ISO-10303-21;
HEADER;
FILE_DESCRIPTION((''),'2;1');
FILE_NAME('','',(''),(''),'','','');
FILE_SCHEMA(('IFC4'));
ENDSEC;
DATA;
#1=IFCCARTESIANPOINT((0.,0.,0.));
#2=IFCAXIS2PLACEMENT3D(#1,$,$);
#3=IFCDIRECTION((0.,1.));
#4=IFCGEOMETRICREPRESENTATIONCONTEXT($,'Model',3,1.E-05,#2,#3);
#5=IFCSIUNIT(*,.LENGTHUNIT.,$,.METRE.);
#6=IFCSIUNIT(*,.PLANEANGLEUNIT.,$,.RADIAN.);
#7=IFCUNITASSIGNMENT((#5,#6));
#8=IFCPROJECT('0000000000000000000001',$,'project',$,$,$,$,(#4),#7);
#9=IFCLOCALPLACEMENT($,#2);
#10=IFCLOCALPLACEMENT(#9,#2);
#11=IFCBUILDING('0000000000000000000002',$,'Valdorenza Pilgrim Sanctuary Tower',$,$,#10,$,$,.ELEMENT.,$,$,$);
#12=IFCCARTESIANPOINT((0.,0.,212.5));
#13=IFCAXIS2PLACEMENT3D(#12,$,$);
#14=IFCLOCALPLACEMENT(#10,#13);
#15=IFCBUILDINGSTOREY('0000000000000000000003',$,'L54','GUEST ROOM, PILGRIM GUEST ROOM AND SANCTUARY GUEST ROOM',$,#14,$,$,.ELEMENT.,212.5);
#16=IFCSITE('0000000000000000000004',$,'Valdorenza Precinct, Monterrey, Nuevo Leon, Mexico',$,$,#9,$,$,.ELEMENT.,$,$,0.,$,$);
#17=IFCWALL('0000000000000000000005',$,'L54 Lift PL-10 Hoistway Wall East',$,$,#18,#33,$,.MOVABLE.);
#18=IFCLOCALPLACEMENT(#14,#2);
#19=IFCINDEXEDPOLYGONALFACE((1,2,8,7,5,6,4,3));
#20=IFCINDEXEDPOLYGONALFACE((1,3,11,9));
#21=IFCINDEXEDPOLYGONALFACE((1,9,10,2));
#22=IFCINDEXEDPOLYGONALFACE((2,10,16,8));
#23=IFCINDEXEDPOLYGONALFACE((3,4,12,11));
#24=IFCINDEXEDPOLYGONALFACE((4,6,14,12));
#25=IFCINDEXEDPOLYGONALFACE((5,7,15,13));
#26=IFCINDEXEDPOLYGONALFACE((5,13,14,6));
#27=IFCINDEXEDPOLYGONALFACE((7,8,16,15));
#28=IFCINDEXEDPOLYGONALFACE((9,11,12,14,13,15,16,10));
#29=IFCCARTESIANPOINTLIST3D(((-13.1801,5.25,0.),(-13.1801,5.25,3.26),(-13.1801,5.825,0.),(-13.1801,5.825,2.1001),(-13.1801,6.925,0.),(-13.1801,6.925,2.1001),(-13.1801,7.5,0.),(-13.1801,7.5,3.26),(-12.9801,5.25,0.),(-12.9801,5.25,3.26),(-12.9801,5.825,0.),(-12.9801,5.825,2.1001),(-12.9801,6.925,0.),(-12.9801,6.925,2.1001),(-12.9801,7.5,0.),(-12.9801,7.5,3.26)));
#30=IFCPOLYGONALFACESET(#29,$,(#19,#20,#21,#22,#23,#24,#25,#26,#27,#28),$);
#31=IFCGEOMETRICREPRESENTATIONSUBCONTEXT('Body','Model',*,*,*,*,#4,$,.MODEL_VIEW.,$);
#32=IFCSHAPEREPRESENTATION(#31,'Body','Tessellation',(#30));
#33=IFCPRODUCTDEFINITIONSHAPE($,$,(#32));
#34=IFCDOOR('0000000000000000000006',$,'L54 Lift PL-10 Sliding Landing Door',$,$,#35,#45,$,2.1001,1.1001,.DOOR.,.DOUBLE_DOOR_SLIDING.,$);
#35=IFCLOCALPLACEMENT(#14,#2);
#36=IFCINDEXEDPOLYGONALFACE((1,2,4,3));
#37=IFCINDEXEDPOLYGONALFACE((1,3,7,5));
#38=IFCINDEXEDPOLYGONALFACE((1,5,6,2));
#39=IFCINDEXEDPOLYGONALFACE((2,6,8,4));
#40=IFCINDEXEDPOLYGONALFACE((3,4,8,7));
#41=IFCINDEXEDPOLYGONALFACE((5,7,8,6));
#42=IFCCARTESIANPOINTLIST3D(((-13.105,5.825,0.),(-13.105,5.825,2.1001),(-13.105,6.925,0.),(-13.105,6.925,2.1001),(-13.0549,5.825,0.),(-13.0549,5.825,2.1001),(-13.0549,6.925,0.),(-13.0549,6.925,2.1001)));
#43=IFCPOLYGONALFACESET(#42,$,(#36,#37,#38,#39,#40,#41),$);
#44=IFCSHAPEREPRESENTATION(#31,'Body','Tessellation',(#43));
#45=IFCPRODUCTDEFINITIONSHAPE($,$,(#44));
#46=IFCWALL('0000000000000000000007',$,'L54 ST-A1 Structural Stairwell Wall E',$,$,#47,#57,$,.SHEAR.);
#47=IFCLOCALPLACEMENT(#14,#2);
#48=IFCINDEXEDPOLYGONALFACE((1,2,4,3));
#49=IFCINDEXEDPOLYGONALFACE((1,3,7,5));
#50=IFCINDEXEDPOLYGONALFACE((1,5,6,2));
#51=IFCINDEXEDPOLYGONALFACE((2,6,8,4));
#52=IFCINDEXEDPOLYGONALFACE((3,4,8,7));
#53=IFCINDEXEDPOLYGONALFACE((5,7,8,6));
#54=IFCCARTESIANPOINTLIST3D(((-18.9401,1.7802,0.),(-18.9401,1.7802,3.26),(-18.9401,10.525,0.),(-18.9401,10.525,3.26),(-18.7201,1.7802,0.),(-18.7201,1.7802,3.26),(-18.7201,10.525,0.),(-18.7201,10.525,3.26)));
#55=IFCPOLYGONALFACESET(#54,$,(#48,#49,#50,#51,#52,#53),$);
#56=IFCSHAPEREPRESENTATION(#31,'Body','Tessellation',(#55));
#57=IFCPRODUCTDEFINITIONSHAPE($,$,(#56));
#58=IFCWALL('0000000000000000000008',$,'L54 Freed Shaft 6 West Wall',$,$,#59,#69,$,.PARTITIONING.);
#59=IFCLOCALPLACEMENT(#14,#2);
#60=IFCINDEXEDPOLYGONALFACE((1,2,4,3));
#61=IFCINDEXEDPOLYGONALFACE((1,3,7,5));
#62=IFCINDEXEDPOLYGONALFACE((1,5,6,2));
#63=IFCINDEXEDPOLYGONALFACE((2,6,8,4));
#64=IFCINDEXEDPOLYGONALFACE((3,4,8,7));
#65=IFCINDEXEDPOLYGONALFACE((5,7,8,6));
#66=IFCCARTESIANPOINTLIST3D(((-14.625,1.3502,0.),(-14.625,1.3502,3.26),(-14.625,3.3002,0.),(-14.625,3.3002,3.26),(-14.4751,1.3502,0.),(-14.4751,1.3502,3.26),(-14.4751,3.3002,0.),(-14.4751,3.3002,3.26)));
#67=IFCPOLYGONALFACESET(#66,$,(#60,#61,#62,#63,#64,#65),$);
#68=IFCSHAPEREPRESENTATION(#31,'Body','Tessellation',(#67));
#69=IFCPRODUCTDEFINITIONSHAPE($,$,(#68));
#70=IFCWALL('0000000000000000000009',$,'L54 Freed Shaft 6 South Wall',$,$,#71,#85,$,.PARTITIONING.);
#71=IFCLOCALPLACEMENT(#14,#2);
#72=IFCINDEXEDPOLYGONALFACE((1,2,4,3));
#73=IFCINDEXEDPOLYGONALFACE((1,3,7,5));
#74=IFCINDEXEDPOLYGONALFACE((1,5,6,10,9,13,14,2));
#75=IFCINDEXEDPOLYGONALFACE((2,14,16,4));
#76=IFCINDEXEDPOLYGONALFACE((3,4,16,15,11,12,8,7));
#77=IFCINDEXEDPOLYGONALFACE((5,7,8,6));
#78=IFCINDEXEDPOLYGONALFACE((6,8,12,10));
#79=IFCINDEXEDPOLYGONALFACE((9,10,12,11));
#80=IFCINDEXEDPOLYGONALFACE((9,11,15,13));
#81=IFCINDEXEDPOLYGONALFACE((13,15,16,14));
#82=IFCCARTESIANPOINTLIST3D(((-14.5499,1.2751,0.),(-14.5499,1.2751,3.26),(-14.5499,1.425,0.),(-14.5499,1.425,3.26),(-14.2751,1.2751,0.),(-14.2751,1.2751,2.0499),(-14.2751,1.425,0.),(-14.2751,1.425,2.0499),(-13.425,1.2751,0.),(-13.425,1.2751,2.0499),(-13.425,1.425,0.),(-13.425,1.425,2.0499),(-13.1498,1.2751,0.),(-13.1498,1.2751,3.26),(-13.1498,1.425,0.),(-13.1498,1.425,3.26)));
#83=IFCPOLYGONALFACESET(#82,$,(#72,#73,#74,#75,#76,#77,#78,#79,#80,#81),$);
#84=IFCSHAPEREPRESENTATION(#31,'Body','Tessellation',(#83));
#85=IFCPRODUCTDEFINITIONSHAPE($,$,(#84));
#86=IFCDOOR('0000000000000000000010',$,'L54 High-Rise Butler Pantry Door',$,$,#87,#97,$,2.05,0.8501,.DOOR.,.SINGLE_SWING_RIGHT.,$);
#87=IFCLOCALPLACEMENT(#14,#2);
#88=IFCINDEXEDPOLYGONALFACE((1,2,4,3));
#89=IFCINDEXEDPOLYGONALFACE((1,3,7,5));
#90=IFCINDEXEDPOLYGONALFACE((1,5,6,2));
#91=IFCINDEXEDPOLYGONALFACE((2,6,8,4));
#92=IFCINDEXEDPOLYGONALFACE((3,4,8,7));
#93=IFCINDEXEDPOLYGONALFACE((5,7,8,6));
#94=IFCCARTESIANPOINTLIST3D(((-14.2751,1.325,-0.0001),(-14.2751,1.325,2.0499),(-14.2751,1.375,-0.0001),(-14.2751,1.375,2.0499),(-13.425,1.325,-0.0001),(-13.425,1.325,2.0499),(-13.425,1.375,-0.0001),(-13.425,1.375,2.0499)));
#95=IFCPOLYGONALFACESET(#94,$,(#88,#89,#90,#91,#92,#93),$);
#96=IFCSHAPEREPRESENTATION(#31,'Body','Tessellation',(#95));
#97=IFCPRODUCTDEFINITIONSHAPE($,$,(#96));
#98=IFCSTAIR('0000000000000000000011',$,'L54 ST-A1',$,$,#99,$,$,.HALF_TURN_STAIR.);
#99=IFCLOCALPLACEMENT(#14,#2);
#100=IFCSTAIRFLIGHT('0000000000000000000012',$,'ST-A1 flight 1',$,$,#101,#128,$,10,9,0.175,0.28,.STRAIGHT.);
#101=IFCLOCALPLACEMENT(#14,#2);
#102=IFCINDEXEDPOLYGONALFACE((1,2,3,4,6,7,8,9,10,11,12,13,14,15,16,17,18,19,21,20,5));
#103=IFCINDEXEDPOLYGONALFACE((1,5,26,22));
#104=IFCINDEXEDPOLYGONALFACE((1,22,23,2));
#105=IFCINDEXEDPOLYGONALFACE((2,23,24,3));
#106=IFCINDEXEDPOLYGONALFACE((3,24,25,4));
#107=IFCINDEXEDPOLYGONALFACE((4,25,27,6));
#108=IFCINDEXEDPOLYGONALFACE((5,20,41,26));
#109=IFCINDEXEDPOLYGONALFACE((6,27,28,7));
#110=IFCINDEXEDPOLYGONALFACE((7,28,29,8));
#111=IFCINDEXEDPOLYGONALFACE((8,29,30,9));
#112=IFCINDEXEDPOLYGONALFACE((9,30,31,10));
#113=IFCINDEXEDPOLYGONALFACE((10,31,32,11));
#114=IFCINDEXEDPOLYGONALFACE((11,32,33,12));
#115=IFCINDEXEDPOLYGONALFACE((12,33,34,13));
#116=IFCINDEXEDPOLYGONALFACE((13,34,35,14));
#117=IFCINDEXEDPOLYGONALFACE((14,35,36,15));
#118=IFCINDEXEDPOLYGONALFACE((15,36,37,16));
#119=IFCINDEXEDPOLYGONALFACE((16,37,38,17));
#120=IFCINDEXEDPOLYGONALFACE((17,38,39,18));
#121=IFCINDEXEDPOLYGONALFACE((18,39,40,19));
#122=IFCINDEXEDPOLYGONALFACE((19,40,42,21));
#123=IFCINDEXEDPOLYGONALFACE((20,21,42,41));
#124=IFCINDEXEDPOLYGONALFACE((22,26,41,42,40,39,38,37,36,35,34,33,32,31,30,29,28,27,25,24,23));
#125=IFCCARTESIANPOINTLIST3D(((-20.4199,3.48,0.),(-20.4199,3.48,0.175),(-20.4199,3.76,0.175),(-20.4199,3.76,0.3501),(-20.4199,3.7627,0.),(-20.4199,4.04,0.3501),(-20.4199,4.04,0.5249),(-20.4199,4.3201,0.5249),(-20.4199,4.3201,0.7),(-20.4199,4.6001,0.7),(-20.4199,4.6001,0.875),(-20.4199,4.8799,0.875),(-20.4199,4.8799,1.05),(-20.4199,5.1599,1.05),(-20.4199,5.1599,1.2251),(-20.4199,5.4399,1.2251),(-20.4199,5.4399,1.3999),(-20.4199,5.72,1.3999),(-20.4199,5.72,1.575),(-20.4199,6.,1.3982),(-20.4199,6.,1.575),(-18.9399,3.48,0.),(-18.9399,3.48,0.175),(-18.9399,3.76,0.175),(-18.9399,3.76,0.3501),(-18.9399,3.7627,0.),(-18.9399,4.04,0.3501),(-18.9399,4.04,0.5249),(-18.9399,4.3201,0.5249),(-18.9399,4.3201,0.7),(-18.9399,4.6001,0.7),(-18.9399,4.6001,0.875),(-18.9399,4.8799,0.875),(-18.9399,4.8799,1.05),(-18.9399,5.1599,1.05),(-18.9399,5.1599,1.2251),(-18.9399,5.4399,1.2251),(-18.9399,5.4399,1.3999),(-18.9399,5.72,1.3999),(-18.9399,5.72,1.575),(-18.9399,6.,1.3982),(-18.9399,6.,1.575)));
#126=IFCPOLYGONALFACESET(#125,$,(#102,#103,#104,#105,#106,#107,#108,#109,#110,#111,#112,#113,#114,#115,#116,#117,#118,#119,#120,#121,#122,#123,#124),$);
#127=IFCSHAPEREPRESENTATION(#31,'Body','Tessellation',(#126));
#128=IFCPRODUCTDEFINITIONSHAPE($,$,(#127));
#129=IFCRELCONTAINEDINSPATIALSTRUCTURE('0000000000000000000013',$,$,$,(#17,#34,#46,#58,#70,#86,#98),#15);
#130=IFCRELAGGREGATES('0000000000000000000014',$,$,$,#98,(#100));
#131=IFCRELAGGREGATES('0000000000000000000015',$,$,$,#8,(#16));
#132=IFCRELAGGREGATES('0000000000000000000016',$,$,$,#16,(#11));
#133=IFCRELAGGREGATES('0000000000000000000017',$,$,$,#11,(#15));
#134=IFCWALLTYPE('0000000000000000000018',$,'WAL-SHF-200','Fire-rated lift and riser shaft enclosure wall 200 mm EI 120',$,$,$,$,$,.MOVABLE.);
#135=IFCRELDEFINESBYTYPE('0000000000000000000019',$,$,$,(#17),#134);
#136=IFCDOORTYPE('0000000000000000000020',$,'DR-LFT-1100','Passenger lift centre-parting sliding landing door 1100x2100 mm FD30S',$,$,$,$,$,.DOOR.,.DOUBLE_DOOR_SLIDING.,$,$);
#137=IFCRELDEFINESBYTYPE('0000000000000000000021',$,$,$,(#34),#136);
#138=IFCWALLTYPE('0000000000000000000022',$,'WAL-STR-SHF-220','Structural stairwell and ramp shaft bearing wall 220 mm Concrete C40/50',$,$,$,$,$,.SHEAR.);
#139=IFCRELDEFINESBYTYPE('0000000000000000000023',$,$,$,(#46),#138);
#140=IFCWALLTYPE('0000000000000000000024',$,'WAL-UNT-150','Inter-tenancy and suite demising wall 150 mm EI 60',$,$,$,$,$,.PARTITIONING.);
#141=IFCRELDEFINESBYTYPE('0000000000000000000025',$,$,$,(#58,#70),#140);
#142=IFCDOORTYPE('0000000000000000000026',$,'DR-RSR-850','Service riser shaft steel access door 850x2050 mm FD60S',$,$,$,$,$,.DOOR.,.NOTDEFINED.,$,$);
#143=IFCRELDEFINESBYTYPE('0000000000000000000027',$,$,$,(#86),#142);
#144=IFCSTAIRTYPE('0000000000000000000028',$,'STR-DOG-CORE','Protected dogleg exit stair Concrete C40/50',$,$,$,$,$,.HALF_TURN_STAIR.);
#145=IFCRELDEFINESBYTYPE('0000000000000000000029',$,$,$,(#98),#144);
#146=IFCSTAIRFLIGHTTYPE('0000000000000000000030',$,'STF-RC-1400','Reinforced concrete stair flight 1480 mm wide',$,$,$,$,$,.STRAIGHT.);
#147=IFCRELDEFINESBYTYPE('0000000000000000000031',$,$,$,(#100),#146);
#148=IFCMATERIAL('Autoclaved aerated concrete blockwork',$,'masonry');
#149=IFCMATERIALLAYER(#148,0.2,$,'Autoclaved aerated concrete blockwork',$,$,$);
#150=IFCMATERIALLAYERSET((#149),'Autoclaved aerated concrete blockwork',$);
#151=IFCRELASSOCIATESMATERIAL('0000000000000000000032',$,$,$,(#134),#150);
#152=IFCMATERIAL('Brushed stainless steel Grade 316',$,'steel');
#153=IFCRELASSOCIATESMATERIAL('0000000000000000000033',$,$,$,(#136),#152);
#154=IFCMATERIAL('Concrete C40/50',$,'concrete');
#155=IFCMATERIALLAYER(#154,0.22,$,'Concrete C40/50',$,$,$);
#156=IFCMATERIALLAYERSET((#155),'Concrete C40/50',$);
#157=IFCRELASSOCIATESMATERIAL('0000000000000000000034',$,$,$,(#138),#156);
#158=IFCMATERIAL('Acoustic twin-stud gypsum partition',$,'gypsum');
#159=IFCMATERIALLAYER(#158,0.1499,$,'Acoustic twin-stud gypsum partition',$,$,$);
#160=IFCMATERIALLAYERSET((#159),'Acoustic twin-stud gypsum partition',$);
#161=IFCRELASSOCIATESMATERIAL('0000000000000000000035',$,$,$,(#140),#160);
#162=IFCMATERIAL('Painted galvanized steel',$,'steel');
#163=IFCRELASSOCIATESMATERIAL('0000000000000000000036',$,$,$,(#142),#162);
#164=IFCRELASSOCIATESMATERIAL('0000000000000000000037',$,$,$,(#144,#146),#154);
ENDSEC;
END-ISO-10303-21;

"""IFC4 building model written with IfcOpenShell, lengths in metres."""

from ifc_helpers import new_model, si_unit, direction, frame, frame_2d, origin, place, context, subcontext, project, spatial, polyline, rectangle, outline, extrude, material, layer, layer_set, type_object, element, fill, aggregate, save


model = new_model("IFC4")

# Units and contexts
model_context = context("Model", 3, precision=1e-05, world=origin(), true_north=direction((0.0, 1.0)))
body_context = subcontext(model_context, "Body", "Model", "MODEL_VIEW")
ifc_project = project(units=[si_unit("LENGTHUNIT", "METRE"), si_unit("PLANEANGLEUNIT", "RADIAN")], contexts=[model_context])

# Site, building, storey
site_placement = place(None, origin())
site = spatial("IfcSite", under=ifc_project, at=site_placement, Name="Valdorenza Precinct, Monterrey, Nuevo Leon, Mexico", CompositionType="ELEMENT", RefElevation=0.0)
building_placement = place(site_placement, origin())
building = spatial("IfcBuilding", under=site, at=building_placement, Name="Valdorenza Pilgrim Sanctuary Tower", CompositionType="ELEMENT")
storey_placement = place(building_placement, frame((0.0, 0.0, 212.5)))
storey = spatial("IfcBuildingStorey", under=building, at=storey_placement, Name="L54", Description="GUEST ROOM, PILGRIM GUEST ROOM AND SANCTUARY GUEST ROOM", CompositionType="ELEMENT", Elevation=212.5)

# Shared definitions
ifc_material_1 = material(Name="Acoustic twin-stud gypsum partition", Category="gypsum")
ifc_material_2 = material(Name="Autoclaved aerated concrete blockwork", Category="masonry")
ifc_layer_1 = layer(ifc_material_2, 0.2, Name="Autoclaved aerated concrete blockwork")
ifc_layer_set_1 = layer_set([ifc_layer_1], Name="Autoclaved aerated concrete blockwork")
wall_type_1 = type_object("IfcWallType", Name="WAL-SHF-200", Description="Fire-rated lift and riser shaft enclosure wall 200 mm EI 120", PredefinedType="MOVABLE", material=ifc_layer_set_1)

# Shared definitions
ifc_material_3 = material(Name="Brushed stainless steel Grade 316", Category="steel")

# Shared definitions
door_type_1 = type_object("IfcDoorType", Name="DR-LFT-1100", Description="Passenger lift centre-parting sliding landing door 1100x2100 mm FD30S", OperationType="DOUBLE_DOOR_SLIDING", PredefinedType="DOOR", material=ifc_material_3)

# Wall, opening, door
wall_1_placement = place(storey_placement, frame((-13.0801, 5.25, 0.0), z_axis=(0.0, 0.0, 1.0), x_axis=(0.0, 1.0, 0.0)))
wall_1 = element("IfcWall", 1, at=wall_1_placement, inside=storey, type_object=wall_type_1, Name="L54 Lift PL-10 Hoistway Wall East", PredefinedType="MOVABLE", context=body_context, shape_type="SweptSolid", body=[
    extrude(rectangle(XDim=2.25, YDim=0.2, at=frame_2d((1.125, 0.0))), origin(), (0.0, 0.0, 1.0), 3.26),
])
opening_1_placement = place(wall_1_placement, frame((0.575, 0.0, 0.0)))
opening_1 = element("IfcOpeningElement", 2, at=opening_1_placement, cuts=wall_1, PredefinedType="OPENING", context=body_context, shape_type="SweptSolid", body=[
    extrude(rectangle(XDim=1.1001, YDim=2.1001, at=frame_2d((0.55, 1.05))), frame((0.0, 0.1147, 0.0), z_axis=(0.0, -1.0, 0.0), x_axis=(1.0, 0.0, 0.0)), (0.0, 0.0, 1.0), 0.2297),
])
door_1_placement = place(opening_1_placement, origin())
door_1 = element("IfcDoor", 3, at=door_1_placement, inside=storey, type_object=door_type_1, Name="L54 Lift PL-10 Sliding Landing Door", OperationType="DOUBLE_DOOR_SLIDING", OverallHeight=2.1001, OverallWidth=1.1001, PredefinedType="DOOR", context=body_context, shape_type="SweptSolid", body=[
    extrude(rectangle(XDim=1.1001, YDim=2.1001, at=frame_2d((0.55, 1.05))), frame((0.0, 0.0249, 0.0), z_axis=(0.0, -1.0, 0.0), x_axis=(1.0, 0.0, 0.0)), (0.0, 0.0, 1.0), 0.05),
])
fill(opening_1, door_1)

# Walls
ifc_material_4 = material(Name="Concrete C40/50", Category="concrete")
ifc_layer_2 = layer(ifc_material_4, 0.22, Name="Concrete C40/50")
ifc_layer_set_2 = layer_set([ifc_layer_2], Name="Concrete C40/50")
wall_type_2 = type_object("IfcWallType", Name="WAL-STR-SHF-220", Description="Structural stairwell and ramp shaft bearing wall 220 mm Concrete C40/50", PredefinedType="SHEAR", material=ifc_layer_set_2)
wall_2_placement = place(storey_placement, frame((-18.8301, 1.78, 0.0), z_axis=(0.0, 0.0, 1.0), x_axis=(0.0, 1.0, 0.0)))
element("IfcWall", 4, at=wall_2_placement, inside=storey, type_object=wall_type_2, Name="L54 ST-A1 Structural Stairwell Wall E", PredefinedType="SHEAR", context=body_context, shape_type="SweptSolid", body=[
    extrude(rectangle(XDim=8.7449, YDim=0.22, at=frame_2d((4.3726, 0.0))), origin(), (0.0, 0.0, 1.0), 3.26),
])
ifc_layer_3 = layer(ifc_material_1, 0.1499, Name="Acoustic twin-stud gypsum partition")
ifc_layer_set_3 = layer_set([ifc_layer_3], Name="Acoustic twin-stud gypsum partition")
wall_type_3 = type_object("IfcWallType", Name="WAL-UNT-150", Description="Inter-tenancy and suite demising wall 150 mm EI 60", PredefinedType="PARTITIONING", material=ifc_layer_set_3)
wall_3_placement = place(storey_placement, frame((-14.55, 1.3501, 0.0), z_axis=(0.0, 0.0, 1.0), x_axis=(0.0, 1.0, 0.0)))
element("IfcWall", 5, at=wall_3_placement, inside=storey, type_object=wall_type_3, Name="L54 Freed Shaft 6 West Wall", PredefinedType="PARTITIONING", context=body_context, shape_type="SweptSolid", body=[
    extrude(rectangle(XDim=1.95, YDim=0.1499, at=frame_2d((0.9751, 0.0))), origin(), (0.0, 0.0, 1.0), 3.26),
])

# Wall, opening, door
wall_4_placement = place(storey_placement, frame((-14.55, 1.3501, 0.0), z_axis=(0.0, 0.0, 1.0), x_axis=(1.0, 0.0, 0.0)))
wall_4 = element("IfcWall", 6, at=wall_4_placement, inside=storey, type_object=wall_type_3, Name="L54 Freed Shaft 6 South Wall", PredefinedType="PARTITIONING", context=body_context, shape_type="SweptSolid", body=[
    extrude(rectangle(XDim=1.4001, YDim=0.1499, at=frame_2d((0.7002, 0.0))), origin(), (0.0, 0.0, 1.0), 3.26),
])
opening_2_placement = place(wall_4_placement, frame((0.2749, 0.0, 0.0)))
opening_2 = element("IfcOpeningElement", 7, at=opening_2_placement, cuts=wall_4, PredefinedType="OPENING", context=body_context, shape_type="SweptSolid", body=[
    extrude(rectangle(XDim=0.8501, YDim=2.05, at=frame_2d((0.425, 1.0249))), frame((0.0, 0.0898, 0.0), z_axis=(0.0, -1.0, 0.0), x_axis=(1.0, 0.0, 0.0)), (0.0, 0.0, 1.0), 0.1797),
])
ifc_material_5 = material(Name="Painted galvanized steel", Category="steel")
door_type_2 = type_object("IfcDoorType", Name="DR-RSR-850", Description="Service riser shaft steel access door 850x2050 mm FD60S", OperationType="NOTDEFINED", PredefinedType="DOOR", material=ifc_material_5)
door_2_placement = place(opening_2_placement, origin())
door_2 = element("IfcDoor", 8, at=door_2_placement, inside=storey, type_object=door_type_2, Name="L54 High-Rise Butler Pantry Door", OperationType="SINGLE_SWING_RIGHT", OverallHeight=2.05, OverallWidth=0.8501, PredefinedType="DOOR", context=body_context, shape_type="SweptSolid", body=[
    extrude(rectangle(XDim=0.8501, YDim=2.05, at=frame_2d((0.425, 1.0249))), frame((0.0, 0.0249, 0.0), z_axis=(0.0, -1.0, 0.0), x_axis=(1.0, 0.0, 0.0)), (0.0, 0.0, 1.0), 0.05),
])
fill(opening_2, door_2)

# Stair, stair flight
stair_type = type_object("IfcStairType", Name="STR-DOG-CORE", Description="Protected dogleg exit stair Concrete C40/50", PredefinedType="HALF_TURN_STAIR", material=ifc_material_4)
stair_placement = place(storey_placement, origin())
stair = element("IfcStair", 9, at=stair_placement, inside=storey, type_object=stair_type, Name="L54 ST-A1", PredefinedType="HALF_TURN_STAIR")
stair_flight_type = type_object("IfcStairFlightType", Name="STF-RC-1400", Description="Reinforced concrete stair flight 1480 mm wide", PredefinedType="STRAIGHT", material=ifc_material_4)
stair_flight_placement = place(storey_placement, frame((-19.6799, 3.48, 0.0), z_axis=(0.0, 0.0, 1.0), x_axis=(0.0, 1.0, 0.0)))
stair_flight = element("IfcStairFlight", 10, at=stair_flight_placement, type_object=stair_flight_type, Name="ST-A1 flight 1", NumberOfRisers=10, NumberOfTreads=9, PredefinedType="STRAIGHT", RiserHeight=0.175, TreadLength=0.28, context=body_context, shape_type="SweptSolid", body=[
    extrude(outline(polyline([(0.0, 0.0), (0.0, 0.175), (0.28, 0.175), (0.28, 0.3501), (0.5601, 0.3501), (0.5601, 0.5249), (0.8401, 0.5249), (0.8401, 0.7), (1.1201, 0.7), (1.1201, 0.875), (1.3999, 0.875), (1.3999, 1.05), (1.6799, 1.05), (1.6799, 1.2251), (1.96, 1.2251), (1.96, 1.3999), (2.24, 1.3999), (2.24, 1.575), (2.52, 1.575), (2.52, 1.75), (2.52, 1.3982), (0.2827, 0.0), (0.0, 0.0)])), frame((0.0, 0.74, 0.0), z_axis=(0.0, -1.0, 0.0), x_axis=(1.0, 0.0, 0.0)), (0.0, 0.0, 1.0), 1.48),
])
aggregate(stair, [stair_flight])

save(model, "model.ifc")
